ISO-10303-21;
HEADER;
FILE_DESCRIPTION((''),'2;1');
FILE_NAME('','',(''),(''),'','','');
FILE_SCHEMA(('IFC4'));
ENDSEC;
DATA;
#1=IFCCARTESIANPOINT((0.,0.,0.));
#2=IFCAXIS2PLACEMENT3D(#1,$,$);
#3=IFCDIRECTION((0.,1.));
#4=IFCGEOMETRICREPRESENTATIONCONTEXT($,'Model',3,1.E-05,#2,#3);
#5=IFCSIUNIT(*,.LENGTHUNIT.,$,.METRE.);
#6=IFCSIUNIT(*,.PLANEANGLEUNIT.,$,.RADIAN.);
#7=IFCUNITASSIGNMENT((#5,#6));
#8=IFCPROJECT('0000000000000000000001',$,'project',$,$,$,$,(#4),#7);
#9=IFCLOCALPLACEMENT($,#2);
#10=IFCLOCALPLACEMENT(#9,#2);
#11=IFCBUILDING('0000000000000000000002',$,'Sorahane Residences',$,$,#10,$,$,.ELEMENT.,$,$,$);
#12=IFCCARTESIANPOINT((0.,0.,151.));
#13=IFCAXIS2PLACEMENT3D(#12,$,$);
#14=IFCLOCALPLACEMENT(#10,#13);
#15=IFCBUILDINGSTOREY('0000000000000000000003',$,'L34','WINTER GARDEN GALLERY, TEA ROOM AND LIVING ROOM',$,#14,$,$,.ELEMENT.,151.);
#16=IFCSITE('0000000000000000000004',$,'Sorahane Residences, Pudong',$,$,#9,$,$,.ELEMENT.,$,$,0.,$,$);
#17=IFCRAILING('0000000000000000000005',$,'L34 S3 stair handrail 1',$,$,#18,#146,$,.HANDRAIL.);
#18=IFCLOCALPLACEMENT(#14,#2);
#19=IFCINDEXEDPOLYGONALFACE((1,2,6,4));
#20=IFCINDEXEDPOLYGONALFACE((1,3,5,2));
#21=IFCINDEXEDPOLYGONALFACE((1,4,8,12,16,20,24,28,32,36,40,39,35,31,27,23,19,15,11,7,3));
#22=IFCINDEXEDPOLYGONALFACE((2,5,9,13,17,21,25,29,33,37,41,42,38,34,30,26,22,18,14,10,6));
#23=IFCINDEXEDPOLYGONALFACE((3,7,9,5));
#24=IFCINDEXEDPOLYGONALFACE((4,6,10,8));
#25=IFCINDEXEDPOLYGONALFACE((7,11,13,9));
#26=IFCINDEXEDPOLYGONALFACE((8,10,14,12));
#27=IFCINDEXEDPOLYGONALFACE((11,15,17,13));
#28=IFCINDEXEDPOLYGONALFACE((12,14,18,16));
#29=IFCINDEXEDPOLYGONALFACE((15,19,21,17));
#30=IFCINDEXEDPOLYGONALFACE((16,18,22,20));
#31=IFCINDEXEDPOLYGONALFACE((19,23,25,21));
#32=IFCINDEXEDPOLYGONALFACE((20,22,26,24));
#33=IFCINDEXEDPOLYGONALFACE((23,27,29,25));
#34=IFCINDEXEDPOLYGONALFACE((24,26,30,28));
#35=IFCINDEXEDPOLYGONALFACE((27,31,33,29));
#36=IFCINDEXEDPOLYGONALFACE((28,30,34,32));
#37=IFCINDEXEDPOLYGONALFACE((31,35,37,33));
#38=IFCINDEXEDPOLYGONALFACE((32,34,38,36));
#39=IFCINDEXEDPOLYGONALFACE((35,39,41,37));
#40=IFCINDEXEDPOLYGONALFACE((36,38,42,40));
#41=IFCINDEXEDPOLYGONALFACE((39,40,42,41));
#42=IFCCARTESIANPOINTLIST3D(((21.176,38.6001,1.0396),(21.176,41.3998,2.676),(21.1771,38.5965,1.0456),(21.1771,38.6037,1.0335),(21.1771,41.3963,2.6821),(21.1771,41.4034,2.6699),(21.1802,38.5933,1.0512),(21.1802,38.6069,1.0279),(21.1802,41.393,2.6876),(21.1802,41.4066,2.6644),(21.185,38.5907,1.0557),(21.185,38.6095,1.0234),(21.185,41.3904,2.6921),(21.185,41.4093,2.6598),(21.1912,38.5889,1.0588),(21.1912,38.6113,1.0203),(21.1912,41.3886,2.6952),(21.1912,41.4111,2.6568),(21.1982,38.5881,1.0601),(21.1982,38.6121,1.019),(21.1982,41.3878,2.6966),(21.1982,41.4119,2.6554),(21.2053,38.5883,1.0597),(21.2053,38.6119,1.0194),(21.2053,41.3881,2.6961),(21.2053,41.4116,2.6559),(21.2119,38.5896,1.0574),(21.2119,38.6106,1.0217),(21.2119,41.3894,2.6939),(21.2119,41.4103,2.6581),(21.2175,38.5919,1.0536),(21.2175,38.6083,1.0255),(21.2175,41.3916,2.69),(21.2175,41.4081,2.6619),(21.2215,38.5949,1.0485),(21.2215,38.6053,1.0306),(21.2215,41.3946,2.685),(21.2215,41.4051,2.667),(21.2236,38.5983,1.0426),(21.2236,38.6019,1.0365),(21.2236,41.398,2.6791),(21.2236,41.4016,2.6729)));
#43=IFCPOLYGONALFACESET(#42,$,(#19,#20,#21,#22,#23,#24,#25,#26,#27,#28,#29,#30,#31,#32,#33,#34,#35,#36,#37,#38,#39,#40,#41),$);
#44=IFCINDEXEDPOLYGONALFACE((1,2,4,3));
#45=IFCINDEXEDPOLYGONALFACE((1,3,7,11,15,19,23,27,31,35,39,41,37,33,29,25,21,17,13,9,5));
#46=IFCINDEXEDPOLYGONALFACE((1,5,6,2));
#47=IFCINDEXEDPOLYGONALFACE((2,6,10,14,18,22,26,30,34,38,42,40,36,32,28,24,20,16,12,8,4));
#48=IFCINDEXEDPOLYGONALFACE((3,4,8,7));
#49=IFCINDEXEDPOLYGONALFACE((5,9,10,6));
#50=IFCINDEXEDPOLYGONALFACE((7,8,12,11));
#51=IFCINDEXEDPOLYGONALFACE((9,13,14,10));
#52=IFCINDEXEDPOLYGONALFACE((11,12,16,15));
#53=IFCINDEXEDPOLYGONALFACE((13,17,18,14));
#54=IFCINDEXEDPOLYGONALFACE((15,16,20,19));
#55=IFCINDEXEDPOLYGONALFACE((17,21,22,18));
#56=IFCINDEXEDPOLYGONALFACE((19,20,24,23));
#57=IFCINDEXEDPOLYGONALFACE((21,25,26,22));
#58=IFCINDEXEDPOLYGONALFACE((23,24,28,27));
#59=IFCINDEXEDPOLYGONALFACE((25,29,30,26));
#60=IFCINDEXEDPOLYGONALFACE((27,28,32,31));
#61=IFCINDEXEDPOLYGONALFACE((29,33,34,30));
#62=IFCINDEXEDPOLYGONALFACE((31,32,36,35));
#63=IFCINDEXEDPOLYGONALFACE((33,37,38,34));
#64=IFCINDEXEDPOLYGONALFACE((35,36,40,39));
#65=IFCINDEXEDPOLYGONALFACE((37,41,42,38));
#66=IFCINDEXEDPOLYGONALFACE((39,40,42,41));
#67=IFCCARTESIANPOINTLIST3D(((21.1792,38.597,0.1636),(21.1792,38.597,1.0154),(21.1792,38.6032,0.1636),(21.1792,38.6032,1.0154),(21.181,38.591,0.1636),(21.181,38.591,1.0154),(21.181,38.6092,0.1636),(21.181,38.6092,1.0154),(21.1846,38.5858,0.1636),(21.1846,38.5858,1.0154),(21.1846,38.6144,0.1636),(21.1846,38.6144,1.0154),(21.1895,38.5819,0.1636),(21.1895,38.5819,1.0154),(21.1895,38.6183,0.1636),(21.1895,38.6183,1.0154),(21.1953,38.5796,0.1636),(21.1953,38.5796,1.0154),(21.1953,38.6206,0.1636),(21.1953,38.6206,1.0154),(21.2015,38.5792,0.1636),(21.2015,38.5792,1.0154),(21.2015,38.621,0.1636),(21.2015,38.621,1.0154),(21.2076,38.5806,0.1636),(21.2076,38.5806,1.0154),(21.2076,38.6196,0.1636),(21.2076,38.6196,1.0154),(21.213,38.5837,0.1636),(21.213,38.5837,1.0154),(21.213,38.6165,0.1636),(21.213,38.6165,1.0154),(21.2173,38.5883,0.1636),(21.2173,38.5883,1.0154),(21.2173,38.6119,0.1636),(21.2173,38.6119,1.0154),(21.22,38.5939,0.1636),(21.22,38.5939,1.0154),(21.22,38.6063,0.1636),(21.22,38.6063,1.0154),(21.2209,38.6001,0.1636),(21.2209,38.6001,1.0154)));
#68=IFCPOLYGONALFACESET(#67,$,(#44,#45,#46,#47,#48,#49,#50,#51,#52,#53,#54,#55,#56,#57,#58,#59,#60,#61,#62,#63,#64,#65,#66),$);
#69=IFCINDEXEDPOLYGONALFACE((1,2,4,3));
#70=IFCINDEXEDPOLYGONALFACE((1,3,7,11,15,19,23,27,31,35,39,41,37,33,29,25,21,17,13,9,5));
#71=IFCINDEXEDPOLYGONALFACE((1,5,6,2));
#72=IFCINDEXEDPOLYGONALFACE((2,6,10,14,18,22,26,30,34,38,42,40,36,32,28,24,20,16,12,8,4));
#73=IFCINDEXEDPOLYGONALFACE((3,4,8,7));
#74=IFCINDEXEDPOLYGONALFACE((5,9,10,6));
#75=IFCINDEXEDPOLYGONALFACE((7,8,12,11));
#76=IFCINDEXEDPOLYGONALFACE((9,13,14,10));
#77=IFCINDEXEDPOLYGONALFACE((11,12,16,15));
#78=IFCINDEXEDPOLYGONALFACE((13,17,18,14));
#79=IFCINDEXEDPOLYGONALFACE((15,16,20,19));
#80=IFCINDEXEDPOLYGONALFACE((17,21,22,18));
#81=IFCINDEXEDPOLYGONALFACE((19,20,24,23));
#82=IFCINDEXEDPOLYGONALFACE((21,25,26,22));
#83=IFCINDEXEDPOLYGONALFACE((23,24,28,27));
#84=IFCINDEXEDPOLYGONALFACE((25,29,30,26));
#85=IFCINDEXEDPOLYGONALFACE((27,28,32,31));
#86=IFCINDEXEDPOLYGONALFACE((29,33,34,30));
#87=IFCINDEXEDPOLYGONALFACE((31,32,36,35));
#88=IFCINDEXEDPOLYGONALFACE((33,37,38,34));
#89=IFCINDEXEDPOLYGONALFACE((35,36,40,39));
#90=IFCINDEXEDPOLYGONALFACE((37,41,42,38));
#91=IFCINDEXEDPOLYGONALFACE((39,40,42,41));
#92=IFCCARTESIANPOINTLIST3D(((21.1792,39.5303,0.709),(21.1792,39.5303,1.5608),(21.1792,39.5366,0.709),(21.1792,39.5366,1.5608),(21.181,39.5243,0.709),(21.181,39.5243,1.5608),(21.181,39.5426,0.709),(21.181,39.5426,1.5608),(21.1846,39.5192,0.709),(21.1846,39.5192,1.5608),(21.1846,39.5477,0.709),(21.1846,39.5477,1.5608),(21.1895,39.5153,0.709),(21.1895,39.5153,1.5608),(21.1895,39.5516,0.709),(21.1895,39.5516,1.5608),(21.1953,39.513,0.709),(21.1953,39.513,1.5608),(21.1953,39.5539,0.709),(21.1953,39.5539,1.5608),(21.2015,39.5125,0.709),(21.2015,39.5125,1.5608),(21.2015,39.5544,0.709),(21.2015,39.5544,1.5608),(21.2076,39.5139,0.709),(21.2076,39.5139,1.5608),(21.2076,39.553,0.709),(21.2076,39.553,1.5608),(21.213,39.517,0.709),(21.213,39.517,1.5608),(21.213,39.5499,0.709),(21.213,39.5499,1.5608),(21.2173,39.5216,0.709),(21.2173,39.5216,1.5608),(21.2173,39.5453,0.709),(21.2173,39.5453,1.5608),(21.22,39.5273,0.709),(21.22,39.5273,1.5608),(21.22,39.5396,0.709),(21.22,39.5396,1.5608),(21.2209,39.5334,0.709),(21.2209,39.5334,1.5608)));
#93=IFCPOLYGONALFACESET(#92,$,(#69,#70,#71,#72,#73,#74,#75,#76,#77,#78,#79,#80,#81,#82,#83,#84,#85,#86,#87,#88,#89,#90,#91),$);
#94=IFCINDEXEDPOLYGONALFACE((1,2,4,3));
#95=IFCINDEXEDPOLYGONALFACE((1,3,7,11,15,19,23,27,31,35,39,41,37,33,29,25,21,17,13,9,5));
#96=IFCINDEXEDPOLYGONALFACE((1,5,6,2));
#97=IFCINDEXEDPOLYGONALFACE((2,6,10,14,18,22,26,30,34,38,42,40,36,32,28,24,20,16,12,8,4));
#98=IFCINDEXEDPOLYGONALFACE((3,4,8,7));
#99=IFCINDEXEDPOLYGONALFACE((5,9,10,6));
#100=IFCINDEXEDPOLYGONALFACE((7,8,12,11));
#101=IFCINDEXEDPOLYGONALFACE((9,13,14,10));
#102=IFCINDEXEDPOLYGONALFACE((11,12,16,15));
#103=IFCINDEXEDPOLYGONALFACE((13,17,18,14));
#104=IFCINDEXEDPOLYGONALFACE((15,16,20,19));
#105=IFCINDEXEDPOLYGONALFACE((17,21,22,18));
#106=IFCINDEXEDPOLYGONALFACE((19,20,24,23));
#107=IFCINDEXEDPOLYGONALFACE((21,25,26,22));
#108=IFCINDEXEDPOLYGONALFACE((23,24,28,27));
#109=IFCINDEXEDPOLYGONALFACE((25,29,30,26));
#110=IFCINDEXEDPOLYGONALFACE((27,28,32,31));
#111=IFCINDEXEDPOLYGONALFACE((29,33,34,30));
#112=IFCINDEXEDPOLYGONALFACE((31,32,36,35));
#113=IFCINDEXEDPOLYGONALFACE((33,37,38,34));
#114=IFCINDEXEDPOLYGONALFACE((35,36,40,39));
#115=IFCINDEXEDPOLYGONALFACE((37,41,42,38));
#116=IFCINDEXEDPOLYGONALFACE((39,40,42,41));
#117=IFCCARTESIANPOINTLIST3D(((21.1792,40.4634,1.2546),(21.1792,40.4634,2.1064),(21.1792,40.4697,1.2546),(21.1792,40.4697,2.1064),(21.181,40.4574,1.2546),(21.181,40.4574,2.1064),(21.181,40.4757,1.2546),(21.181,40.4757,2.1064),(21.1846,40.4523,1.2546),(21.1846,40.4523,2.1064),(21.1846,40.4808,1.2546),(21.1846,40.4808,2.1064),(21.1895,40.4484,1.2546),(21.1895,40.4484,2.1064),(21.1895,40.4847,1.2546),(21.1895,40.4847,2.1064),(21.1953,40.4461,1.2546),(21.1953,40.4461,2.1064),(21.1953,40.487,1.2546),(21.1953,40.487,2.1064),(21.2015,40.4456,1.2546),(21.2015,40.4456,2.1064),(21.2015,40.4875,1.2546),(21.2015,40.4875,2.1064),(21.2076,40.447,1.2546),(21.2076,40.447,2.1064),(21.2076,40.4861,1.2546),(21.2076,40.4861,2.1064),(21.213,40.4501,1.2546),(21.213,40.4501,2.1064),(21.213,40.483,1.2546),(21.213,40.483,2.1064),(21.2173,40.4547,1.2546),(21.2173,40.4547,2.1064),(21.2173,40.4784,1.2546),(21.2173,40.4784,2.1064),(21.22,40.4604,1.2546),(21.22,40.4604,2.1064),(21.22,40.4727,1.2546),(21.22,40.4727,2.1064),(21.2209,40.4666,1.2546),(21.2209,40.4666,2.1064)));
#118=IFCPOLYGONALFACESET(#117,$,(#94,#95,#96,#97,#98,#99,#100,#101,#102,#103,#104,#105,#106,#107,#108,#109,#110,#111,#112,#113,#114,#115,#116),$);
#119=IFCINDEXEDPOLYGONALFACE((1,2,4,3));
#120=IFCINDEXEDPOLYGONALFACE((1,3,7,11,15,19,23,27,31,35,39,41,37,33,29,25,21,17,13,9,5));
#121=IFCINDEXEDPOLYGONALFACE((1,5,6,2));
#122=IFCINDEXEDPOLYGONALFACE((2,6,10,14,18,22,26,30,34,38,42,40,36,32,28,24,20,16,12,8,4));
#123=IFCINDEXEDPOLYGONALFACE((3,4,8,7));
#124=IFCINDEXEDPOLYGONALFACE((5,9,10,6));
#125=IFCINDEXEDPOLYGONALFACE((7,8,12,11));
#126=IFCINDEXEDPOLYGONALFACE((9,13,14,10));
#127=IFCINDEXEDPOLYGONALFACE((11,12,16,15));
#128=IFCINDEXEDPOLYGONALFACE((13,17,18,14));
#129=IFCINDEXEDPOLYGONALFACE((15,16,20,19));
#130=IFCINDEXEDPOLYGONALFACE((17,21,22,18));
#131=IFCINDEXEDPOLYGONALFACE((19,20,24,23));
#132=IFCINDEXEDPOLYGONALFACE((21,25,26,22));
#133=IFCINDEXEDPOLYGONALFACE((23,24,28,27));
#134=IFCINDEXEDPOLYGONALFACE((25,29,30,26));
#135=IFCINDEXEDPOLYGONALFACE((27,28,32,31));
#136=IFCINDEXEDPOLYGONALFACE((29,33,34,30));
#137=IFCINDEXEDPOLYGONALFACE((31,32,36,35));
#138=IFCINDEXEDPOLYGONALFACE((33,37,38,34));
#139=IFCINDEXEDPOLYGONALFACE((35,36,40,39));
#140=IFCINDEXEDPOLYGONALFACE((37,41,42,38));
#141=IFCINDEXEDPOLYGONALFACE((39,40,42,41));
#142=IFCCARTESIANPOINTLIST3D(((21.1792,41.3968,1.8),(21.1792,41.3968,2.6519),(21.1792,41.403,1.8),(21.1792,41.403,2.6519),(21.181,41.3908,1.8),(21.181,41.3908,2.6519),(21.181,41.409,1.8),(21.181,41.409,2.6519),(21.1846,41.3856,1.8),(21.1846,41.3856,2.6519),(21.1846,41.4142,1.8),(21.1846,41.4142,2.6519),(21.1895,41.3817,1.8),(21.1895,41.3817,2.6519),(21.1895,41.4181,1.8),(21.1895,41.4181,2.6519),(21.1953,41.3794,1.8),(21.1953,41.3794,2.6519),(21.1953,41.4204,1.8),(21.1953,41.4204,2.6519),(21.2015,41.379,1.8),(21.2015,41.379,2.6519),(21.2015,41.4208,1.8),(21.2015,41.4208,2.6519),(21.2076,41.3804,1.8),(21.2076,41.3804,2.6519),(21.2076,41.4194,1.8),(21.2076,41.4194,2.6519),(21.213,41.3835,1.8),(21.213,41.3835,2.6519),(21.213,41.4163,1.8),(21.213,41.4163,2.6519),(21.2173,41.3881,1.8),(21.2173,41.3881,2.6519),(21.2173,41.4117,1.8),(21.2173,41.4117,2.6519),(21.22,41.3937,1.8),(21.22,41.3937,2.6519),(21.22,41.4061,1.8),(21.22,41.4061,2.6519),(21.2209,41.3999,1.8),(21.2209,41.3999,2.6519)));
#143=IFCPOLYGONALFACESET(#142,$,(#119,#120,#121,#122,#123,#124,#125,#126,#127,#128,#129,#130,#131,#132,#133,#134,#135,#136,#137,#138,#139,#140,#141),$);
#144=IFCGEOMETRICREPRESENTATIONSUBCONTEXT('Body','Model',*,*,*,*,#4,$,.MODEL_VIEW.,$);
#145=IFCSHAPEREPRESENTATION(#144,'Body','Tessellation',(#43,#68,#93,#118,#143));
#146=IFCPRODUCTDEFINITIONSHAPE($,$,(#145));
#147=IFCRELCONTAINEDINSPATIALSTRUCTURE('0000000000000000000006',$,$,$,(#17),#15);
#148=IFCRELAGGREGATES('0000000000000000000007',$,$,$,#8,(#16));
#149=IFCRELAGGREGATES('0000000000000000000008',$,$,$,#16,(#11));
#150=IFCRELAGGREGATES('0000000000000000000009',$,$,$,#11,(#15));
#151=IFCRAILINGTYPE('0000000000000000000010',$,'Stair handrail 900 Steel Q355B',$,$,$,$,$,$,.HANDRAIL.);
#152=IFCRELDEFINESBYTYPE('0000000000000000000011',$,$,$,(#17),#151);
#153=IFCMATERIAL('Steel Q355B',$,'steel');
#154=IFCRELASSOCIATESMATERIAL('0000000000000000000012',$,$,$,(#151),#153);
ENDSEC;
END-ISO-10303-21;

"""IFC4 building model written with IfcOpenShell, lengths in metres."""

from ifc_helpers import new_model, si_unit, direction, frame, origin, origin_2d, place, context, subcontext, project, spatial, circle, extrude, material, type_object, element, save


model = new_model("IFC4")

# Units and contexts
model_context = context("Model", 3, precision=1e-05, world=origin(), true_north=direction((0.0, 1.0)))
body_context = subcontext(model_context, "Body", "Model", "MODEL_VIEW")
ifc_project = project(units=[si_unit("LENGTHUNIT", "METRE"), si_unit("PLANEANGLEUNIT", "RADIAN")], contexts=[model_context])

# Site, building, storey
site_placement = place(None, origin())
site = spatial("IfcSite", under=ifc_project, at=site_placement, Name="Sorahane Residences, Pudong", CompositionType="ELEMENT", RefElevation=0.0)
building_placement = place(site_placement, origin())
building = spatial("IfcBuilding", under=site, at=building_placement, Name="Sorahane Residences", CompositionType="ELEMENT")
storey_placement = place(building_placement, frame((0.0, 0.0, 151.0)))
storey = spatial("IfcBuildingStorey", under=building, at=storey_placement, Name="L34", Description="WINTER GARDEN GALLERY, TEA ROOM AND LIVING ROOM", CompositionType="ELEMENT", Elevation=151.0)

# Railing
ifc_material_1 = material(Name="Steel Q355B", Category="steel")
railing_type_1 = type_object("IfcRailingType", Name="Stair handrail 900 Steel Q355B", PredefinedType="HANDRAIL", material=ifc_material_1)
for number, where, name in (
    (1, (21.2, 38.6001, 0.1636), "L34 S3 stair handrail 1"),
):
    element("IfcRailing", number, at=place(storey_placement, frame(where)), inside=storey, type_object=railing_type_1, Name=name, PredefinedType="HANDRAIL", context=body_context, shape_type="SweptSolid", body=[
        extrude(circle(Radius=0.0239, at=origin_2d()), frame((0.0, 0.0, 0.876), z_axis=(0.0, 0.863342, 0.50462), x_axis=(-1.0, 0.0, 0.0)), (0.0, 0.0, 1.0), 3.2429),
        extrude(circle(Radius=0.021, at=origin_2d()), origin(), (0.0, 0.0, 1.0), 0.8518),
        extrude(circle(Radius=0.021, at=origin_2d()), frame((0.0, 0.9333, 0.5454)), (0.0, 0.0, 1.0), 0.8518),
        extrude(circle(Radius=0.021, at=origin_2d()), frame((0.0, 1.8665, 1.0911)), (0.0, 0.0, 1.0), 0.8518),
        extrude(circle(Radius=0.021, at=origin_2d()), frame((0.0, 2.7998, 1.6365)), (0.0, 0.0, 1.0), 0.8518),
    ])

save(model, "model.ifc")
